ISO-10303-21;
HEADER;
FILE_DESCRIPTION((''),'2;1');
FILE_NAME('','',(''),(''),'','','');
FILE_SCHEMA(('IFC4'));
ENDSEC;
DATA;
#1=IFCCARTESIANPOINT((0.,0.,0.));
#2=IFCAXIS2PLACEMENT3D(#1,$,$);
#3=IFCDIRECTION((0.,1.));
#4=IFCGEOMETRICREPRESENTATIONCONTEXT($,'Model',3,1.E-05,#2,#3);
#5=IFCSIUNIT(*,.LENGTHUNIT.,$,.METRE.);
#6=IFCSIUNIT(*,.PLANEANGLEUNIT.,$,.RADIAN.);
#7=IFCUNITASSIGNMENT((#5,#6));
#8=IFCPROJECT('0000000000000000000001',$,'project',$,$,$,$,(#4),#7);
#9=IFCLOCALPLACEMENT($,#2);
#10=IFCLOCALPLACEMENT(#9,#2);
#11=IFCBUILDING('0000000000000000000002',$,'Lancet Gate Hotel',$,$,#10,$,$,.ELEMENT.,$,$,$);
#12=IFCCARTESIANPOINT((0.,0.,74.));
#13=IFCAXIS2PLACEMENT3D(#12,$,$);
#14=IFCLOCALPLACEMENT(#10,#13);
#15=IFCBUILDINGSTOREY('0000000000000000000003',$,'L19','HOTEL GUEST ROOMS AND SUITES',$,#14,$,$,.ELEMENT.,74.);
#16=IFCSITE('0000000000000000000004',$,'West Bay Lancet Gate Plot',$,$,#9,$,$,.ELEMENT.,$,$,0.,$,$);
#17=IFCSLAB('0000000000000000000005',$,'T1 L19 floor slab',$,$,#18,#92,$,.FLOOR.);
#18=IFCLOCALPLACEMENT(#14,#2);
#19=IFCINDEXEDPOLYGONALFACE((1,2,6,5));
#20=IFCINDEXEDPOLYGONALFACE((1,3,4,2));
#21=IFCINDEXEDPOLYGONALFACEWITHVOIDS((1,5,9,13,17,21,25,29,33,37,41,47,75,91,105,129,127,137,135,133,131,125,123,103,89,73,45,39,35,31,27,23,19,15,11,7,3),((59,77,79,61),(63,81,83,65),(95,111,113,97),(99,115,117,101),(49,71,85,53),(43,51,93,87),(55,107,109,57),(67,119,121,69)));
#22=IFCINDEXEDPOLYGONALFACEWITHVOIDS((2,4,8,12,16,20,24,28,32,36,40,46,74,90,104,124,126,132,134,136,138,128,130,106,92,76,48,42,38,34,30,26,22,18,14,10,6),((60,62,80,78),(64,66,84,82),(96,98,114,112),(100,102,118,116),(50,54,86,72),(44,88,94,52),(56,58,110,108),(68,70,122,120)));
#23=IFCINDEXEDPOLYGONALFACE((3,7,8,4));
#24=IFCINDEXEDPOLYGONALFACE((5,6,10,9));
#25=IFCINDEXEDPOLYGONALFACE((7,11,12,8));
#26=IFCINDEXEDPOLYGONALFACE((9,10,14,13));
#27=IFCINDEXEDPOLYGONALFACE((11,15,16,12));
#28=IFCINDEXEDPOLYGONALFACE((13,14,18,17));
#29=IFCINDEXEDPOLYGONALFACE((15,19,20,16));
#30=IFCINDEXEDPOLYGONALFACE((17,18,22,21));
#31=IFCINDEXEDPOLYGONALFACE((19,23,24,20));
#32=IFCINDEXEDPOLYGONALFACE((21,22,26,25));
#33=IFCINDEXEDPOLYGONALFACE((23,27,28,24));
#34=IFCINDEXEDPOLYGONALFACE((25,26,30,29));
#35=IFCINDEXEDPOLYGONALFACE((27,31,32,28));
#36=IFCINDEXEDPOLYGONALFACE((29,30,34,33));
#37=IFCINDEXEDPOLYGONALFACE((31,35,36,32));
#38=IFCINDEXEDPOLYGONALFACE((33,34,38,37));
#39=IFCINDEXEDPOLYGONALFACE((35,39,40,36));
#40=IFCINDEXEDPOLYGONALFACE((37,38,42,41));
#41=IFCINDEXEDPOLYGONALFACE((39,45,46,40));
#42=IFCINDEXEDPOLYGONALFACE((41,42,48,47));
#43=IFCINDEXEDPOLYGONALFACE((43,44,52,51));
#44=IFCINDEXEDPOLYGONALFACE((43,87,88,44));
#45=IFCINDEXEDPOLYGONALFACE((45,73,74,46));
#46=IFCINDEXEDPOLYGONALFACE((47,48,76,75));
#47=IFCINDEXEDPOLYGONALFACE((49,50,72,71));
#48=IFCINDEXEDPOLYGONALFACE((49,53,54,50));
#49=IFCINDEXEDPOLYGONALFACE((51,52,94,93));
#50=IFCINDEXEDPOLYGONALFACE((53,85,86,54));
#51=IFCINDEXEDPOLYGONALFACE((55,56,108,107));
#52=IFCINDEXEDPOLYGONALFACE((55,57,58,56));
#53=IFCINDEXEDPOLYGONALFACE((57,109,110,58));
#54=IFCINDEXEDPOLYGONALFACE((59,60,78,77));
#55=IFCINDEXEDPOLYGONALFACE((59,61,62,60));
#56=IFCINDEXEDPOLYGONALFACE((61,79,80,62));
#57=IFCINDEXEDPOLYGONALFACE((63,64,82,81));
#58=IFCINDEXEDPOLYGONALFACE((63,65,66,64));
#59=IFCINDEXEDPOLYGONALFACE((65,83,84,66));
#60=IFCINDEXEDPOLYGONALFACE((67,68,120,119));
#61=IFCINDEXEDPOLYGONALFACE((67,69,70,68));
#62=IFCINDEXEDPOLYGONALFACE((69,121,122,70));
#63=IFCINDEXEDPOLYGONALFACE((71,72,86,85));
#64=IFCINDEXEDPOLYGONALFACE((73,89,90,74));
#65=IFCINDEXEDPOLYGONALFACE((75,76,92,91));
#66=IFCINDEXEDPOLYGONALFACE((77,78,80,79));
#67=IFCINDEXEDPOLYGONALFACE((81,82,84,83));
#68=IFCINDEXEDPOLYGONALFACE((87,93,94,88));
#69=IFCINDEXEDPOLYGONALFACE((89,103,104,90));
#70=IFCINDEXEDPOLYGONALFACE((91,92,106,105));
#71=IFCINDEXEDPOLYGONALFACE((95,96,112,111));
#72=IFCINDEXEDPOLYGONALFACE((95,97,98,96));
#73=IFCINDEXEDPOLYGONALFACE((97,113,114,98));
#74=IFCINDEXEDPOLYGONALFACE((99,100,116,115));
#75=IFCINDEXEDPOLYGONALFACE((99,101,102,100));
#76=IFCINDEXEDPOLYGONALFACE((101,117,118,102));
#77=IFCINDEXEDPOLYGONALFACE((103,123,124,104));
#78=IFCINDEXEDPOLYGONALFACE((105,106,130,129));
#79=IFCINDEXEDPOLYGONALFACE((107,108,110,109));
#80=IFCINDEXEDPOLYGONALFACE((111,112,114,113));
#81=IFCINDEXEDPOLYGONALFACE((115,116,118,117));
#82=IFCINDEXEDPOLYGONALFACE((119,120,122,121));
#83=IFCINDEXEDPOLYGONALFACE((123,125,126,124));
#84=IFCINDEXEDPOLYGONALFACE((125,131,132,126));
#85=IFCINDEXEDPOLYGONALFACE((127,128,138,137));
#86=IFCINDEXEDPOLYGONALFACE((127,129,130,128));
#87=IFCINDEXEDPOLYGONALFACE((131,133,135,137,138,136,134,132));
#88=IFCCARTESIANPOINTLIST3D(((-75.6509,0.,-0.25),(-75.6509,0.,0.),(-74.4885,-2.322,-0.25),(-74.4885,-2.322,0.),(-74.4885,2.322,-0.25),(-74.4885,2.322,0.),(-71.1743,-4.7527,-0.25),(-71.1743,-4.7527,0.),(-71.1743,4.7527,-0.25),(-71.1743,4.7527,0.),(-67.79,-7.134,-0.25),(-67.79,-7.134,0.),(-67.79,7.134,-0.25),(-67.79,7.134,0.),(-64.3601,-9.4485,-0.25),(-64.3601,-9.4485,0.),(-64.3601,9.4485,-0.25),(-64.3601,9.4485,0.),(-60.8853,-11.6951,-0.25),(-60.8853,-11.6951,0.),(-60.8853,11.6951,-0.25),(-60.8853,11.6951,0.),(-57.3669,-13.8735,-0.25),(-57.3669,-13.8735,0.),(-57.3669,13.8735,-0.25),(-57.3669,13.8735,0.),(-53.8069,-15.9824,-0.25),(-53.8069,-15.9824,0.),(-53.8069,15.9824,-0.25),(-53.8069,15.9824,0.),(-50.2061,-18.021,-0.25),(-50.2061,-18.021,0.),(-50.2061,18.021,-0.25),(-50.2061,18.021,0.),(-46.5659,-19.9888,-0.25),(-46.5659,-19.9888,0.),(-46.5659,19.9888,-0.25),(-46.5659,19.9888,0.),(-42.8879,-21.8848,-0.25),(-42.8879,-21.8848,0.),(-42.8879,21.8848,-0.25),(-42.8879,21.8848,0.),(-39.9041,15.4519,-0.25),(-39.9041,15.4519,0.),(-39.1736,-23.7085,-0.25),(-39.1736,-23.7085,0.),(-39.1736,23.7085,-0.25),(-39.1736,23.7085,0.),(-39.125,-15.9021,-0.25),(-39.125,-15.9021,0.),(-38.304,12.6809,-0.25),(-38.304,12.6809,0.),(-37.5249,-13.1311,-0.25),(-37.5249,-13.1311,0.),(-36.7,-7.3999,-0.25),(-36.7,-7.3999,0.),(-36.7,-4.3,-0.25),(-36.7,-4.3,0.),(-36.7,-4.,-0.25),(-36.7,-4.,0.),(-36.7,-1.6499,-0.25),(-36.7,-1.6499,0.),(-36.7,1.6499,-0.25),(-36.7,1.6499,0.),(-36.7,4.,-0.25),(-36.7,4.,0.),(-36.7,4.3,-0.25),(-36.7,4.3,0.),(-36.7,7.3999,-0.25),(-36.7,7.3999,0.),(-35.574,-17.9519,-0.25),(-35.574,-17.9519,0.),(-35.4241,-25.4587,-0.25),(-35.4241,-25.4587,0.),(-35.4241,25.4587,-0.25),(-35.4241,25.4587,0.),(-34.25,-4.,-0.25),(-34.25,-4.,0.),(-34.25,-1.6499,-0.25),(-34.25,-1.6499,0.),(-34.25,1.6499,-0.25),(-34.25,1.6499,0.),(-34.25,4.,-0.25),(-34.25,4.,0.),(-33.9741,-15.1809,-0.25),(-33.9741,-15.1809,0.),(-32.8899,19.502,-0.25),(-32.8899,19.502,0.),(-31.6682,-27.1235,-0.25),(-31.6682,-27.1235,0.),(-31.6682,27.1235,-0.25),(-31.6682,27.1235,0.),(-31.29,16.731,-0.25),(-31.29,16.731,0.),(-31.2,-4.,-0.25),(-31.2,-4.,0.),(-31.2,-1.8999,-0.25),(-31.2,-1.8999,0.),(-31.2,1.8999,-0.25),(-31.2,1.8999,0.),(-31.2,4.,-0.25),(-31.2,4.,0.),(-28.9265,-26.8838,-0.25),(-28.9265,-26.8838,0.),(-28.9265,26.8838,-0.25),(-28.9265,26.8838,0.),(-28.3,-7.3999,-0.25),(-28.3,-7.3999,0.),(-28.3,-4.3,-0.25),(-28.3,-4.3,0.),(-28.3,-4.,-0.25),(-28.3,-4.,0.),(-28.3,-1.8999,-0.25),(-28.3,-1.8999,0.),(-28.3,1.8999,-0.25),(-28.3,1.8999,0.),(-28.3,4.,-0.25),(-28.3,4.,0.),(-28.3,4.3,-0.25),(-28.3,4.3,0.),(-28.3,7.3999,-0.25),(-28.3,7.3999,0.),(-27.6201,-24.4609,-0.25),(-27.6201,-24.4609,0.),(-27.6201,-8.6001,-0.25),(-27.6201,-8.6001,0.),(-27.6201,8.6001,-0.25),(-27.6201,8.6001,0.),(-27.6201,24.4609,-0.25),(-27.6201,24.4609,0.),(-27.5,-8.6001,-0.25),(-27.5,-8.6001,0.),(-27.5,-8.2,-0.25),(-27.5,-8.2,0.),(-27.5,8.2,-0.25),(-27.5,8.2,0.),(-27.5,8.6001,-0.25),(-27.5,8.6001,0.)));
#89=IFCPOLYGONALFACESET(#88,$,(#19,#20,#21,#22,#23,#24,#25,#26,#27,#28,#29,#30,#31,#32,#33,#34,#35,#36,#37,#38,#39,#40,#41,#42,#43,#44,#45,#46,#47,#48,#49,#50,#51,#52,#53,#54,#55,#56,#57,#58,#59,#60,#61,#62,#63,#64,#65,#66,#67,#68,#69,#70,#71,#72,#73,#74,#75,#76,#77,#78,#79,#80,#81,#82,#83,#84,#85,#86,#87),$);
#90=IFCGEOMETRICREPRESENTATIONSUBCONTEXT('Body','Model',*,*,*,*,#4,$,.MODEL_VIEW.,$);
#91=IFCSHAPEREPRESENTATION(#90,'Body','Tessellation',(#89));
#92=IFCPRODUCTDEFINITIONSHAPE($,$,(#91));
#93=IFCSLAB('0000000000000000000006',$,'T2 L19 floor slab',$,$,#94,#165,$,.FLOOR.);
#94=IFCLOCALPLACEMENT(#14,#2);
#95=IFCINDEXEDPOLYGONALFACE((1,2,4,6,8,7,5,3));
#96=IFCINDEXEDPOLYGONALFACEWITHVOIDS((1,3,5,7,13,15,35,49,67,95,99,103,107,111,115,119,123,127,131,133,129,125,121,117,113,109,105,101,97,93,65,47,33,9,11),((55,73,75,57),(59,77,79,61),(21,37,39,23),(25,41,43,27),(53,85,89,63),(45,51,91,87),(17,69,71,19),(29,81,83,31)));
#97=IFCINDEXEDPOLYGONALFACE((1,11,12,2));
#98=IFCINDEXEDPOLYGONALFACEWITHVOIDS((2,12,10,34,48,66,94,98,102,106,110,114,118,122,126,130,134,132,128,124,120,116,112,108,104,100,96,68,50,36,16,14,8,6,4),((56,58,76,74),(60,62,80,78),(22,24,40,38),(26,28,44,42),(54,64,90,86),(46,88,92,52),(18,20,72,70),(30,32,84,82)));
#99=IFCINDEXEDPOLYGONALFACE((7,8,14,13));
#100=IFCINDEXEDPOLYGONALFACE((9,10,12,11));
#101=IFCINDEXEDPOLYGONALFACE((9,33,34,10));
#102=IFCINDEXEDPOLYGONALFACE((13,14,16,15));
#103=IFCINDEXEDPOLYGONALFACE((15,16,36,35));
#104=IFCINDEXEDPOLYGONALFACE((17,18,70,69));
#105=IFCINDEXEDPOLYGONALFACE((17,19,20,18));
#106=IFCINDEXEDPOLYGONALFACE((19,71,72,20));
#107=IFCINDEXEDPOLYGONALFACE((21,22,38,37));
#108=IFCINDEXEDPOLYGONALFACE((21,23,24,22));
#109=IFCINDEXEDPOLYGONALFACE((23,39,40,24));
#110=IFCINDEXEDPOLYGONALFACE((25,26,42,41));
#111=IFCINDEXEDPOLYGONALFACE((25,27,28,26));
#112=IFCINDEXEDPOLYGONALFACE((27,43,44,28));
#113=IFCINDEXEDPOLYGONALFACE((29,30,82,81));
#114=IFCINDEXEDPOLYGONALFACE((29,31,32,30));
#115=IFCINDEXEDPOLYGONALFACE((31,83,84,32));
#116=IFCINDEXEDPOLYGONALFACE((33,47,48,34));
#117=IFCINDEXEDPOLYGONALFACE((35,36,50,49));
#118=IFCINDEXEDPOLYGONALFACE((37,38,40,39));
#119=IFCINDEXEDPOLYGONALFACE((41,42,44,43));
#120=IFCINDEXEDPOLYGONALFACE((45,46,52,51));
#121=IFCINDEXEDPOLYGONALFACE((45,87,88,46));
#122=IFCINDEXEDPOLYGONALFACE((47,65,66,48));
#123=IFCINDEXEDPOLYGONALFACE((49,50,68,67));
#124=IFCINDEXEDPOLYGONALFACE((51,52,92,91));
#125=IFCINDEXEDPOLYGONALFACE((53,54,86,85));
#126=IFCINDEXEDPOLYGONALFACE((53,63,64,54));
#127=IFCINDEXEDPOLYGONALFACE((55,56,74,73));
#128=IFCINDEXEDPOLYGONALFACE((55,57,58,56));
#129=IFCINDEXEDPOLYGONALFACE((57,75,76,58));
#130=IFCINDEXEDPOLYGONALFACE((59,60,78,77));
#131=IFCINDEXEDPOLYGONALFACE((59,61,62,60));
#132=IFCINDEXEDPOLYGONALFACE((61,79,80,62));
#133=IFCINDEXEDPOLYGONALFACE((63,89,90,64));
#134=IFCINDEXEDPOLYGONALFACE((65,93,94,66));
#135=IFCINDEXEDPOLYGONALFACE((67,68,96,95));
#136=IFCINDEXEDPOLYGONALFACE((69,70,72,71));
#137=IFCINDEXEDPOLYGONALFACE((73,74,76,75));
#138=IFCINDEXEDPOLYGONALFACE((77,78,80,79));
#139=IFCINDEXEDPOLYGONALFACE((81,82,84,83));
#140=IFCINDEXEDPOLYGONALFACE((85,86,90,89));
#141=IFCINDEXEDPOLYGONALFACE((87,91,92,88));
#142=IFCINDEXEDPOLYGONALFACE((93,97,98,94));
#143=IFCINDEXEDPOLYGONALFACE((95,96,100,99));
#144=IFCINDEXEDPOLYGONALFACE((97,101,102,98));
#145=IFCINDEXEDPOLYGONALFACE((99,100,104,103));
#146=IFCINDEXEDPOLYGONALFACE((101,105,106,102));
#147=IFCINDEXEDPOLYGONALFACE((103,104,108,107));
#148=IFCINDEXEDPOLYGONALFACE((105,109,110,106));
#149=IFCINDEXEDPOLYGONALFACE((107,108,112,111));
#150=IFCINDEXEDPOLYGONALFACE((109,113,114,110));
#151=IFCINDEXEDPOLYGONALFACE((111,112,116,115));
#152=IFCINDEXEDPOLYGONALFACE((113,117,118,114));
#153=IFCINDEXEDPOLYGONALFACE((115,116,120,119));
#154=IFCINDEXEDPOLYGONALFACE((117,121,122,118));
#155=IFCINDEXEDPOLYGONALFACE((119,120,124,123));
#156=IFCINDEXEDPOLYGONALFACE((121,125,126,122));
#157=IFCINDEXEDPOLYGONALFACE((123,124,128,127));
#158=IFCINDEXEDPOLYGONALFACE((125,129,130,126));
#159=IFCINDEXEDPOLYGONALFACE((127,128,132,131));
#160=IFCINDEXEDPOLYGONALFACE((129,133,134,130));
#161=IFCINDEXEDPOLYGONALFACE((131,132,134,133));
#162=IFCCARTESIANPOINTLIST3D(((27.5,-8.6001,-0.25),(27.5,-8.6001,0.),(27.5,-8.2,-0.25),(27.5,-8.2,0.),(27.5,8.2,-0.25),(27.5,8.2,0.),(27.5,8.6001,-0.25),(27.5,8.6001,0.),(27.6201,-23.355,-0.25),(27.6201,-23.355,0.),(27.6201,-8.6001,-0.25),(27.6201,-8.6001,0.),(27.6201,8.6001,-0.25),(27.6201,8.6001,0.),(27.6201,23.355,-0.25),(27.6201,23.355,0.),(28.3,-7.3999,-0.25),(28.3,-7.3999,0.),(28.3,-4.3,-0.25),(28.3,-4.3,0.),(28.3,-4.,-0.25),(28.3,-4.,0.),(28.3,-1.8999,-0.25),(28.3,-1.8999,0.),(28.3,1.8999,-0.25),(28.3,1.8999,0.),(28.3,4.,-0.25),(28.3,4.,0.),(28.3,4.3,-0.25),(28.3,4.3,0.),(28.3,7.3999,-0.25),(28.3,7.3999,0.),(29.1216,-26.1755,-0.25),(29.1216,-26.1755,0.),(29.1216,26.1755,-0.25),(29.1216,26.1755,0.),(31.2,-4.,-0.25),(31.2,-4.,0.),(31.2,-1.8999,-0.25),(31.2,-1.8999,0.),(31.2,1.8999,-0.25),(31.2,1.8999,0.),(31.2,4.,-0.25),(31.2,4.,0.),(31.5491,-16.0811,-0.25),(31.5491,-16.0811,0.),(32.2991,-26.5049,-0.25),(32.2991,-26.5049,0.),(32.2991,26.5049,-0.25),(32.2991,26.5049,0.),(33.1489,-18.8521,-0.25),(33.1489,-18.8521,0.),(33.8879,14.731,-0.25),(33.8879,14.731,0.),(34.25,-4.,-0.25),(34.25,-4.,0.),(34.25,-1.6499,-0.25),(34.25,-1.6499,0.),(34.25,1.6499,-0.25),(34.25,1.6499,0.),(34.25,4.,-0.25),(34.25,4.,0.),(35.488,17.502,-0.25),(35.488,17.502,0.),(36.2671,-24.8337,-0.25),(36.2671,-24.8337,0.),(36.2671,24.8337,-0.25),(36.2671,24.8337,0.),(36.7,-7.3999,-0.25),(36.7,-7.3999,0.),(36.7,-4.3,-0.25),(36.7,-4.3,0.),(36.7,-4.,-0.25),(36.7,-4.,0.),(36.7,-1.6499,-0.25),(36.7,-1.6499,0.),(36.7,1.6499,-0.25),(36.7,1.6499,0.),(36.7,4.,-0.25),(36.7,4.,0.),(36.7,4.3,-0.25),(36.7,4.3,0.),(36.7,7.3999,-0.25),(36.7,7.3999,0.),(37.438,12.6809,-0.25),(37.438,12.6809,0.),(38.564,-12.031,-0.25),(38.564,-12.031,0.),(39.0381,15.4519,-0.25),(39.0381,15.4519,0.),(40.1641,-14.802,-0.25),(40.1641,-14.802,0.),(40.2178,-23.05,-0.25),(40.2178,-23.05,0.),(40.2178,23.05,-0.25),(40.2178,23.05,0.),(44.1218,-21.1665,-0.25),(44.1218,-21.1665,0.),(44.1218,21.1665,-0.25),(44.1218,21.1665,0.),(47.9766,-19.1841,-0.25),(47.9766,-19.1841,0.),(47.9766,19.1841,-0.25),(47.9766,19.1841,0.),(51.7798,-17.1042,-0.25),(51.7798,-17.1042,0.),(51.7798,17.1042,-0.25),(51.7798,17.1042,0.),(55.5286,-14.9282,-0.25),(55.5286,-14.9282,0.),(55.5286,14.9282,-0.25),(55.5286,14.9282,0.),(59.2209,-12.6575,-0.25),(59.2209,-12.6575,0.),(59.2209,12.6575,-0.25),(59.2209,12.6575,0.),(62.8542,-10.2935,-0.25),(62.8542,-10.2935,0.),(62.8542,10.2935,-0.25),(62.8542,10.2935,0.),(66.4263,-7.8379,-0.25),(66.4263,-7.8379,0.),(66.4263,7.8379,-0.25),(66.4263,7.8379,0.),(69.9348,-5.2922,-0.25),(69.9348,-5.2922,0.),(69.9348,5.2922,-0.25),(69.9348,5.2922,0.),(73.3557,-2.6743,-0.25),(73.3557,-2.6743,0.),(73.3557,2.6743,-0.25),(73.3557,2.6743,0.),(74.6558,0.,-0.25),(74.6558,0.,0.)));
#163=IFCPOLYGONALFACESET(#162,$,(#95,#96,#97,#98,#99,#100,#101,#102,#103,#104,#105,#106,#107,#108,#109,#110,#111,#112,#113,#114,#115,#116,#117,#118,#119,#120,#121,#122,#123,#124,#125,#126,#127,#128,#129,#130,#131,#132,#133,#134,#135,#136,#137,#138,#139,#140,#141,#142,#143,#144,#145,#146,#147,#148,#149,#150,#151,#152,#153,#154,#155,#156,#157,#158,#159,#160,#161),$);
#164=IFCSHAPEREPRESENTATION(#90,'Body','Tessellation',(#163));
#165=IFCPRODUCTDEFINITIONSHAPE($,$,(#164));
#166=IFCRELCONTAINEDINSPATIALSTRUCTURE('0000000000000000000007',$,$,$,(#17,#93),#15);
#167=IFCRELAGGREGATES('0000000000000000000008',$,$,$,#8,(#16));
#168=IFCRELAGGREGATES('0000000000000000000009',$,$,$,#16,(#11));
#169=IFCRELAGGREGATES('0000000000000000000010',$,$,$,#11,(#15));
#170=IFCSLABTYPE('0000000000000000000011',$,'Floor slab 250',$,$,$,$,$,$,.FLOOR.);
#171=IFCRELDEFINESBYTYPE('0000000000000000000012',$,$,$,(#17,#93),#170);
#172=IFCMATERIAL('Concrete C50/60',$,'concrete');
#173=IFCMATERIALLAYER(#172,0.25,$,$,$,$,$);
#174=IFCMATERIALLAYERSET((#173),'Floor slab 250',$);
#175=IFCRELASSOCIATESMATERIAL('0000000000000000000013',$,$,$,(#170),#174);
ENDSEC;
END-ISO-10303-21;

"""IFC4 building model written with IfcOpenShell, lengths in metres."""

from ifc_helpers import new_model, si_unit, direction, frame, origin, place, context, subcontext, project, spatial, polyline, outline, extrude, material, layer, layer_set, type_object, element, save


model = new_model("IFC4")

# Units and contexts
model_context = context("Model", 3, precision=1e-05, world=origin(), true_north=direction((0.0, 1.0)))
body_context = subcontext(model_context, "Body", "Model", "MODEL_VIEW")
ifc_project = project(units=[si_unit("LENGTHUNIT", "METRE"), si_unit("PLANEANGLEUNIT", "RADIAN")], contexts=[model_context])

# Site, building, storey
site_placement = place(None, origin())
site = spatial("IfcSite", under=ifc_project, at=site_placement, Name="West Bay Lancet Gate Plot", CompositionType="ELEMENT", RefElevation=0.0)
building_placement = place(site_placement, origin())
building = spatial("IfcBuilding", under=site, at=building_placement, Name="Lancet Gate Hotel", CompositionType="ELEMENT")
storey_placement = place(building_placement, frame((0.0, 0.0, 74.0)))
storey = spatial("IfcBuildingStorey", under=building, at=storey_placement, Name="L19", Description="HOTEL GUEST ROOMS AND SUITES", CompositionType="ELEMENT", Elevation=74.0)

# Slabs
ifc_material_1 = material(Name="Concrete C50/60", Category="concrete")
ifc_layer_1 = layer(ifc_material_1, 0.25)
ifc_layer_set_1 = layer_set([ifc_layer_1], Name="Floor slab 250")
slab_type_1 = type_object("IfcSlabType", Name="Floor slab 250", PredefinedType="FLOOR", material=ifc_layer_set_1)
slab_1_placement = place(storey_placement, frame((0.0, 0.0, -0.25)))
element("IfcSlab", 1, at=slab_1_placement, inside=storey, type_object=slab_type_1, Name="T1 L19 floor slab", PredefinedType="FLOOR", context=body_context, shape_type="SweptSolid", body=[
    extrude(outline(polyline([(-27.5, 8.6001), (-27.6201, 8.6001), (-27.6201, 24.4609), (-28.9265, 26.8838), (-31.6682, 27.1235), (-35.4241, 25.4587), (-39.1736, 23.7085), (-42.8879, 21.8848), (-46.5659, 19.9888), (-50.2061, 18.021), (-53.8069, 15.9824), (-57.3669, 13.8735), (-60.8853, 11.6951), (-64.3601, 9.4485), (-67.79, 7.134), (-71.1743, 4.7527), (-74.4885, 2.322), (-75.6509, 0.0), (-74.4885, -2.322), (-71.1743, -4.7527), (-67.79, -7.134), (-64.3601, -9.4485), (-60.8853, -11.6951), (-57.3669, -13.8735), (-53.8069, -15.9824), (-50.2061, -18.021), (-46.5659, -19.9888), (-42.8879, -21.8848), (-39.1736, -23.7085), (-35.4241, -25.4587), (-31.6682, -27.1235), (-28.9265, -26.8838), (-27.6201, -24.4609), (-27.6201, -8.6001), (-27.5, -8.6001), (-27.5, -8.2), (-27.5, 8.2), (-27.5, 8.6001)]), holes=[polyline([(-36.7, 7.3999), (-36.7, 4.3), (-28.3, 4.3), (-28.3, 7.3999), (-36.7, 7.3999)]), polyline([(-28.3, 4.0), (-31.2, 4.0), (-31.2, 1.8999), (-28.3, 1.8999), (-28.3, 4.0)]), polyline([(-34.25, 4.0), (-36.7, 4.0), (-36.7, 1.6499), (-34.25, 1.6499), (-34.25, 4.0)]), polyline([(-36.7, -1.6499), (-36.7, -4.0), (-34.25, -4.0), (-34.25, -1.6499), (-36.7, -1.6499)]), polyline([(-28.3, -1.8999), (-31.2, -1.8999), (-31.2, -4.0), (-28.3, -4.0), (-28.3, -1.8999)]), polyline([(-28.3, -4.3), (-36.7, -4.3), (-36.7, -7.3999), (-28.3, -7.3999), (-28.3, -4.3)]), polyline([(-31.29, 16.731), (-32.8899, 19.502), (-39.9041, 15.4519), (-38.304, 12.6809), (-31.29, 16.731)]), polyline([(-33.9741, -15.1809), (-37.5249, -13.1311), (-39.125, -15.9021), (-35.574, -17.9519), (-33.9741, -15.1809)])]), origin(), (0.0, 0.0, 1.0), 0.25),
])
slab_2_placement = place(storey_placement, frame((0.0, 0.0, -0.25)))
element("IfcSlab", 2, at=slab_2_placement, inside=storey, type_object=slab_type_1, Name="T2 L19 floor slab", PredefinedType="FLOOR", context=body_context, shape_type="SweptSolid", body=[
    extrude(outline(polyline([(27.5, -8.6001), (27.6201, -8.6001), (27.6201, -23.355), (29.1216, -26.1755), (32.2991, -26.5049), (36.2671, -24.8337), (40.2178, -23.05), (44.1218, -21.1665), (47.9766, -19.1841), (51.7798, -17.1042), (55.5286, -14.9282), (59.2209, -12.6575), (62.8542, -10.2935), (66.4263, -7.8379), (69.9348, -5.2922), (73.3557, -2.6743), (74.6558, 0.0), (73.3557, 2.6743), (69.9348, 5.2922), (66.4263, 7.8379), (62.8542, 10.2935), (59.2209, 12.6575), (55.5286, 14.9282), (51.7798, 17.1042), (47.9766, 19.1841), (44.1218, 21.1665), (40.2178, 23.05), (36.2671, 24.8337), (32.2991, 26.5049), (29.1216, 26.1755), (27.6201, 23.355), (27.6201, 8.6001), (27.5, 8.6001), (27.5, 8.2), (27.5, -8.2), (27.5, -8.6001)]), holes=[polyline([(36.7, -7.3999), (36.7, -4.3), (28.3, -4.3), (28.3, -7.3999), (36.7, -7.3999)]), polyline([(28.3, -4.0), (31.2, -4.0), (31.2, -1.8999), (28.3, -1.8999), (28.3, -4.0)]), polyline([(34.25, -4.0), (36.7, -4.0), (36.7, -1.6499), (34.25, -1.6499), (34.25, -4.0)]), polyline([(36.7, 1.6499), (36.7, 4.0), (34.25, 4.0), (34.25, 1.6499), (36.7, 1.6499)]), polyline([(28.3, 1.8999), (31.2, 1.8999), (31.2, 4.0), (28.3, 4.0), (28.3, 1.8999)]), polyline([(28.3, 4.3), (36.7, 4.3), (36.7, 7.3999), (28.3, 7.3999), (28.3, 4.3)]), polyline([(31.5491, -16.0811), (33.1489, -18.8521), (40.1641, -14.802), (38.564, -12.031), (31.5491, -16.0811)]), polyline([(33.8879, 14.731), (37.438, 12.6809), (39.0381, 15.4519), (35.488, 17.502), (33.8879, 14.731)])]), origin(), (0.0, 0.0, 1.0), 0.25),
])

save(model, "model.ifc")
